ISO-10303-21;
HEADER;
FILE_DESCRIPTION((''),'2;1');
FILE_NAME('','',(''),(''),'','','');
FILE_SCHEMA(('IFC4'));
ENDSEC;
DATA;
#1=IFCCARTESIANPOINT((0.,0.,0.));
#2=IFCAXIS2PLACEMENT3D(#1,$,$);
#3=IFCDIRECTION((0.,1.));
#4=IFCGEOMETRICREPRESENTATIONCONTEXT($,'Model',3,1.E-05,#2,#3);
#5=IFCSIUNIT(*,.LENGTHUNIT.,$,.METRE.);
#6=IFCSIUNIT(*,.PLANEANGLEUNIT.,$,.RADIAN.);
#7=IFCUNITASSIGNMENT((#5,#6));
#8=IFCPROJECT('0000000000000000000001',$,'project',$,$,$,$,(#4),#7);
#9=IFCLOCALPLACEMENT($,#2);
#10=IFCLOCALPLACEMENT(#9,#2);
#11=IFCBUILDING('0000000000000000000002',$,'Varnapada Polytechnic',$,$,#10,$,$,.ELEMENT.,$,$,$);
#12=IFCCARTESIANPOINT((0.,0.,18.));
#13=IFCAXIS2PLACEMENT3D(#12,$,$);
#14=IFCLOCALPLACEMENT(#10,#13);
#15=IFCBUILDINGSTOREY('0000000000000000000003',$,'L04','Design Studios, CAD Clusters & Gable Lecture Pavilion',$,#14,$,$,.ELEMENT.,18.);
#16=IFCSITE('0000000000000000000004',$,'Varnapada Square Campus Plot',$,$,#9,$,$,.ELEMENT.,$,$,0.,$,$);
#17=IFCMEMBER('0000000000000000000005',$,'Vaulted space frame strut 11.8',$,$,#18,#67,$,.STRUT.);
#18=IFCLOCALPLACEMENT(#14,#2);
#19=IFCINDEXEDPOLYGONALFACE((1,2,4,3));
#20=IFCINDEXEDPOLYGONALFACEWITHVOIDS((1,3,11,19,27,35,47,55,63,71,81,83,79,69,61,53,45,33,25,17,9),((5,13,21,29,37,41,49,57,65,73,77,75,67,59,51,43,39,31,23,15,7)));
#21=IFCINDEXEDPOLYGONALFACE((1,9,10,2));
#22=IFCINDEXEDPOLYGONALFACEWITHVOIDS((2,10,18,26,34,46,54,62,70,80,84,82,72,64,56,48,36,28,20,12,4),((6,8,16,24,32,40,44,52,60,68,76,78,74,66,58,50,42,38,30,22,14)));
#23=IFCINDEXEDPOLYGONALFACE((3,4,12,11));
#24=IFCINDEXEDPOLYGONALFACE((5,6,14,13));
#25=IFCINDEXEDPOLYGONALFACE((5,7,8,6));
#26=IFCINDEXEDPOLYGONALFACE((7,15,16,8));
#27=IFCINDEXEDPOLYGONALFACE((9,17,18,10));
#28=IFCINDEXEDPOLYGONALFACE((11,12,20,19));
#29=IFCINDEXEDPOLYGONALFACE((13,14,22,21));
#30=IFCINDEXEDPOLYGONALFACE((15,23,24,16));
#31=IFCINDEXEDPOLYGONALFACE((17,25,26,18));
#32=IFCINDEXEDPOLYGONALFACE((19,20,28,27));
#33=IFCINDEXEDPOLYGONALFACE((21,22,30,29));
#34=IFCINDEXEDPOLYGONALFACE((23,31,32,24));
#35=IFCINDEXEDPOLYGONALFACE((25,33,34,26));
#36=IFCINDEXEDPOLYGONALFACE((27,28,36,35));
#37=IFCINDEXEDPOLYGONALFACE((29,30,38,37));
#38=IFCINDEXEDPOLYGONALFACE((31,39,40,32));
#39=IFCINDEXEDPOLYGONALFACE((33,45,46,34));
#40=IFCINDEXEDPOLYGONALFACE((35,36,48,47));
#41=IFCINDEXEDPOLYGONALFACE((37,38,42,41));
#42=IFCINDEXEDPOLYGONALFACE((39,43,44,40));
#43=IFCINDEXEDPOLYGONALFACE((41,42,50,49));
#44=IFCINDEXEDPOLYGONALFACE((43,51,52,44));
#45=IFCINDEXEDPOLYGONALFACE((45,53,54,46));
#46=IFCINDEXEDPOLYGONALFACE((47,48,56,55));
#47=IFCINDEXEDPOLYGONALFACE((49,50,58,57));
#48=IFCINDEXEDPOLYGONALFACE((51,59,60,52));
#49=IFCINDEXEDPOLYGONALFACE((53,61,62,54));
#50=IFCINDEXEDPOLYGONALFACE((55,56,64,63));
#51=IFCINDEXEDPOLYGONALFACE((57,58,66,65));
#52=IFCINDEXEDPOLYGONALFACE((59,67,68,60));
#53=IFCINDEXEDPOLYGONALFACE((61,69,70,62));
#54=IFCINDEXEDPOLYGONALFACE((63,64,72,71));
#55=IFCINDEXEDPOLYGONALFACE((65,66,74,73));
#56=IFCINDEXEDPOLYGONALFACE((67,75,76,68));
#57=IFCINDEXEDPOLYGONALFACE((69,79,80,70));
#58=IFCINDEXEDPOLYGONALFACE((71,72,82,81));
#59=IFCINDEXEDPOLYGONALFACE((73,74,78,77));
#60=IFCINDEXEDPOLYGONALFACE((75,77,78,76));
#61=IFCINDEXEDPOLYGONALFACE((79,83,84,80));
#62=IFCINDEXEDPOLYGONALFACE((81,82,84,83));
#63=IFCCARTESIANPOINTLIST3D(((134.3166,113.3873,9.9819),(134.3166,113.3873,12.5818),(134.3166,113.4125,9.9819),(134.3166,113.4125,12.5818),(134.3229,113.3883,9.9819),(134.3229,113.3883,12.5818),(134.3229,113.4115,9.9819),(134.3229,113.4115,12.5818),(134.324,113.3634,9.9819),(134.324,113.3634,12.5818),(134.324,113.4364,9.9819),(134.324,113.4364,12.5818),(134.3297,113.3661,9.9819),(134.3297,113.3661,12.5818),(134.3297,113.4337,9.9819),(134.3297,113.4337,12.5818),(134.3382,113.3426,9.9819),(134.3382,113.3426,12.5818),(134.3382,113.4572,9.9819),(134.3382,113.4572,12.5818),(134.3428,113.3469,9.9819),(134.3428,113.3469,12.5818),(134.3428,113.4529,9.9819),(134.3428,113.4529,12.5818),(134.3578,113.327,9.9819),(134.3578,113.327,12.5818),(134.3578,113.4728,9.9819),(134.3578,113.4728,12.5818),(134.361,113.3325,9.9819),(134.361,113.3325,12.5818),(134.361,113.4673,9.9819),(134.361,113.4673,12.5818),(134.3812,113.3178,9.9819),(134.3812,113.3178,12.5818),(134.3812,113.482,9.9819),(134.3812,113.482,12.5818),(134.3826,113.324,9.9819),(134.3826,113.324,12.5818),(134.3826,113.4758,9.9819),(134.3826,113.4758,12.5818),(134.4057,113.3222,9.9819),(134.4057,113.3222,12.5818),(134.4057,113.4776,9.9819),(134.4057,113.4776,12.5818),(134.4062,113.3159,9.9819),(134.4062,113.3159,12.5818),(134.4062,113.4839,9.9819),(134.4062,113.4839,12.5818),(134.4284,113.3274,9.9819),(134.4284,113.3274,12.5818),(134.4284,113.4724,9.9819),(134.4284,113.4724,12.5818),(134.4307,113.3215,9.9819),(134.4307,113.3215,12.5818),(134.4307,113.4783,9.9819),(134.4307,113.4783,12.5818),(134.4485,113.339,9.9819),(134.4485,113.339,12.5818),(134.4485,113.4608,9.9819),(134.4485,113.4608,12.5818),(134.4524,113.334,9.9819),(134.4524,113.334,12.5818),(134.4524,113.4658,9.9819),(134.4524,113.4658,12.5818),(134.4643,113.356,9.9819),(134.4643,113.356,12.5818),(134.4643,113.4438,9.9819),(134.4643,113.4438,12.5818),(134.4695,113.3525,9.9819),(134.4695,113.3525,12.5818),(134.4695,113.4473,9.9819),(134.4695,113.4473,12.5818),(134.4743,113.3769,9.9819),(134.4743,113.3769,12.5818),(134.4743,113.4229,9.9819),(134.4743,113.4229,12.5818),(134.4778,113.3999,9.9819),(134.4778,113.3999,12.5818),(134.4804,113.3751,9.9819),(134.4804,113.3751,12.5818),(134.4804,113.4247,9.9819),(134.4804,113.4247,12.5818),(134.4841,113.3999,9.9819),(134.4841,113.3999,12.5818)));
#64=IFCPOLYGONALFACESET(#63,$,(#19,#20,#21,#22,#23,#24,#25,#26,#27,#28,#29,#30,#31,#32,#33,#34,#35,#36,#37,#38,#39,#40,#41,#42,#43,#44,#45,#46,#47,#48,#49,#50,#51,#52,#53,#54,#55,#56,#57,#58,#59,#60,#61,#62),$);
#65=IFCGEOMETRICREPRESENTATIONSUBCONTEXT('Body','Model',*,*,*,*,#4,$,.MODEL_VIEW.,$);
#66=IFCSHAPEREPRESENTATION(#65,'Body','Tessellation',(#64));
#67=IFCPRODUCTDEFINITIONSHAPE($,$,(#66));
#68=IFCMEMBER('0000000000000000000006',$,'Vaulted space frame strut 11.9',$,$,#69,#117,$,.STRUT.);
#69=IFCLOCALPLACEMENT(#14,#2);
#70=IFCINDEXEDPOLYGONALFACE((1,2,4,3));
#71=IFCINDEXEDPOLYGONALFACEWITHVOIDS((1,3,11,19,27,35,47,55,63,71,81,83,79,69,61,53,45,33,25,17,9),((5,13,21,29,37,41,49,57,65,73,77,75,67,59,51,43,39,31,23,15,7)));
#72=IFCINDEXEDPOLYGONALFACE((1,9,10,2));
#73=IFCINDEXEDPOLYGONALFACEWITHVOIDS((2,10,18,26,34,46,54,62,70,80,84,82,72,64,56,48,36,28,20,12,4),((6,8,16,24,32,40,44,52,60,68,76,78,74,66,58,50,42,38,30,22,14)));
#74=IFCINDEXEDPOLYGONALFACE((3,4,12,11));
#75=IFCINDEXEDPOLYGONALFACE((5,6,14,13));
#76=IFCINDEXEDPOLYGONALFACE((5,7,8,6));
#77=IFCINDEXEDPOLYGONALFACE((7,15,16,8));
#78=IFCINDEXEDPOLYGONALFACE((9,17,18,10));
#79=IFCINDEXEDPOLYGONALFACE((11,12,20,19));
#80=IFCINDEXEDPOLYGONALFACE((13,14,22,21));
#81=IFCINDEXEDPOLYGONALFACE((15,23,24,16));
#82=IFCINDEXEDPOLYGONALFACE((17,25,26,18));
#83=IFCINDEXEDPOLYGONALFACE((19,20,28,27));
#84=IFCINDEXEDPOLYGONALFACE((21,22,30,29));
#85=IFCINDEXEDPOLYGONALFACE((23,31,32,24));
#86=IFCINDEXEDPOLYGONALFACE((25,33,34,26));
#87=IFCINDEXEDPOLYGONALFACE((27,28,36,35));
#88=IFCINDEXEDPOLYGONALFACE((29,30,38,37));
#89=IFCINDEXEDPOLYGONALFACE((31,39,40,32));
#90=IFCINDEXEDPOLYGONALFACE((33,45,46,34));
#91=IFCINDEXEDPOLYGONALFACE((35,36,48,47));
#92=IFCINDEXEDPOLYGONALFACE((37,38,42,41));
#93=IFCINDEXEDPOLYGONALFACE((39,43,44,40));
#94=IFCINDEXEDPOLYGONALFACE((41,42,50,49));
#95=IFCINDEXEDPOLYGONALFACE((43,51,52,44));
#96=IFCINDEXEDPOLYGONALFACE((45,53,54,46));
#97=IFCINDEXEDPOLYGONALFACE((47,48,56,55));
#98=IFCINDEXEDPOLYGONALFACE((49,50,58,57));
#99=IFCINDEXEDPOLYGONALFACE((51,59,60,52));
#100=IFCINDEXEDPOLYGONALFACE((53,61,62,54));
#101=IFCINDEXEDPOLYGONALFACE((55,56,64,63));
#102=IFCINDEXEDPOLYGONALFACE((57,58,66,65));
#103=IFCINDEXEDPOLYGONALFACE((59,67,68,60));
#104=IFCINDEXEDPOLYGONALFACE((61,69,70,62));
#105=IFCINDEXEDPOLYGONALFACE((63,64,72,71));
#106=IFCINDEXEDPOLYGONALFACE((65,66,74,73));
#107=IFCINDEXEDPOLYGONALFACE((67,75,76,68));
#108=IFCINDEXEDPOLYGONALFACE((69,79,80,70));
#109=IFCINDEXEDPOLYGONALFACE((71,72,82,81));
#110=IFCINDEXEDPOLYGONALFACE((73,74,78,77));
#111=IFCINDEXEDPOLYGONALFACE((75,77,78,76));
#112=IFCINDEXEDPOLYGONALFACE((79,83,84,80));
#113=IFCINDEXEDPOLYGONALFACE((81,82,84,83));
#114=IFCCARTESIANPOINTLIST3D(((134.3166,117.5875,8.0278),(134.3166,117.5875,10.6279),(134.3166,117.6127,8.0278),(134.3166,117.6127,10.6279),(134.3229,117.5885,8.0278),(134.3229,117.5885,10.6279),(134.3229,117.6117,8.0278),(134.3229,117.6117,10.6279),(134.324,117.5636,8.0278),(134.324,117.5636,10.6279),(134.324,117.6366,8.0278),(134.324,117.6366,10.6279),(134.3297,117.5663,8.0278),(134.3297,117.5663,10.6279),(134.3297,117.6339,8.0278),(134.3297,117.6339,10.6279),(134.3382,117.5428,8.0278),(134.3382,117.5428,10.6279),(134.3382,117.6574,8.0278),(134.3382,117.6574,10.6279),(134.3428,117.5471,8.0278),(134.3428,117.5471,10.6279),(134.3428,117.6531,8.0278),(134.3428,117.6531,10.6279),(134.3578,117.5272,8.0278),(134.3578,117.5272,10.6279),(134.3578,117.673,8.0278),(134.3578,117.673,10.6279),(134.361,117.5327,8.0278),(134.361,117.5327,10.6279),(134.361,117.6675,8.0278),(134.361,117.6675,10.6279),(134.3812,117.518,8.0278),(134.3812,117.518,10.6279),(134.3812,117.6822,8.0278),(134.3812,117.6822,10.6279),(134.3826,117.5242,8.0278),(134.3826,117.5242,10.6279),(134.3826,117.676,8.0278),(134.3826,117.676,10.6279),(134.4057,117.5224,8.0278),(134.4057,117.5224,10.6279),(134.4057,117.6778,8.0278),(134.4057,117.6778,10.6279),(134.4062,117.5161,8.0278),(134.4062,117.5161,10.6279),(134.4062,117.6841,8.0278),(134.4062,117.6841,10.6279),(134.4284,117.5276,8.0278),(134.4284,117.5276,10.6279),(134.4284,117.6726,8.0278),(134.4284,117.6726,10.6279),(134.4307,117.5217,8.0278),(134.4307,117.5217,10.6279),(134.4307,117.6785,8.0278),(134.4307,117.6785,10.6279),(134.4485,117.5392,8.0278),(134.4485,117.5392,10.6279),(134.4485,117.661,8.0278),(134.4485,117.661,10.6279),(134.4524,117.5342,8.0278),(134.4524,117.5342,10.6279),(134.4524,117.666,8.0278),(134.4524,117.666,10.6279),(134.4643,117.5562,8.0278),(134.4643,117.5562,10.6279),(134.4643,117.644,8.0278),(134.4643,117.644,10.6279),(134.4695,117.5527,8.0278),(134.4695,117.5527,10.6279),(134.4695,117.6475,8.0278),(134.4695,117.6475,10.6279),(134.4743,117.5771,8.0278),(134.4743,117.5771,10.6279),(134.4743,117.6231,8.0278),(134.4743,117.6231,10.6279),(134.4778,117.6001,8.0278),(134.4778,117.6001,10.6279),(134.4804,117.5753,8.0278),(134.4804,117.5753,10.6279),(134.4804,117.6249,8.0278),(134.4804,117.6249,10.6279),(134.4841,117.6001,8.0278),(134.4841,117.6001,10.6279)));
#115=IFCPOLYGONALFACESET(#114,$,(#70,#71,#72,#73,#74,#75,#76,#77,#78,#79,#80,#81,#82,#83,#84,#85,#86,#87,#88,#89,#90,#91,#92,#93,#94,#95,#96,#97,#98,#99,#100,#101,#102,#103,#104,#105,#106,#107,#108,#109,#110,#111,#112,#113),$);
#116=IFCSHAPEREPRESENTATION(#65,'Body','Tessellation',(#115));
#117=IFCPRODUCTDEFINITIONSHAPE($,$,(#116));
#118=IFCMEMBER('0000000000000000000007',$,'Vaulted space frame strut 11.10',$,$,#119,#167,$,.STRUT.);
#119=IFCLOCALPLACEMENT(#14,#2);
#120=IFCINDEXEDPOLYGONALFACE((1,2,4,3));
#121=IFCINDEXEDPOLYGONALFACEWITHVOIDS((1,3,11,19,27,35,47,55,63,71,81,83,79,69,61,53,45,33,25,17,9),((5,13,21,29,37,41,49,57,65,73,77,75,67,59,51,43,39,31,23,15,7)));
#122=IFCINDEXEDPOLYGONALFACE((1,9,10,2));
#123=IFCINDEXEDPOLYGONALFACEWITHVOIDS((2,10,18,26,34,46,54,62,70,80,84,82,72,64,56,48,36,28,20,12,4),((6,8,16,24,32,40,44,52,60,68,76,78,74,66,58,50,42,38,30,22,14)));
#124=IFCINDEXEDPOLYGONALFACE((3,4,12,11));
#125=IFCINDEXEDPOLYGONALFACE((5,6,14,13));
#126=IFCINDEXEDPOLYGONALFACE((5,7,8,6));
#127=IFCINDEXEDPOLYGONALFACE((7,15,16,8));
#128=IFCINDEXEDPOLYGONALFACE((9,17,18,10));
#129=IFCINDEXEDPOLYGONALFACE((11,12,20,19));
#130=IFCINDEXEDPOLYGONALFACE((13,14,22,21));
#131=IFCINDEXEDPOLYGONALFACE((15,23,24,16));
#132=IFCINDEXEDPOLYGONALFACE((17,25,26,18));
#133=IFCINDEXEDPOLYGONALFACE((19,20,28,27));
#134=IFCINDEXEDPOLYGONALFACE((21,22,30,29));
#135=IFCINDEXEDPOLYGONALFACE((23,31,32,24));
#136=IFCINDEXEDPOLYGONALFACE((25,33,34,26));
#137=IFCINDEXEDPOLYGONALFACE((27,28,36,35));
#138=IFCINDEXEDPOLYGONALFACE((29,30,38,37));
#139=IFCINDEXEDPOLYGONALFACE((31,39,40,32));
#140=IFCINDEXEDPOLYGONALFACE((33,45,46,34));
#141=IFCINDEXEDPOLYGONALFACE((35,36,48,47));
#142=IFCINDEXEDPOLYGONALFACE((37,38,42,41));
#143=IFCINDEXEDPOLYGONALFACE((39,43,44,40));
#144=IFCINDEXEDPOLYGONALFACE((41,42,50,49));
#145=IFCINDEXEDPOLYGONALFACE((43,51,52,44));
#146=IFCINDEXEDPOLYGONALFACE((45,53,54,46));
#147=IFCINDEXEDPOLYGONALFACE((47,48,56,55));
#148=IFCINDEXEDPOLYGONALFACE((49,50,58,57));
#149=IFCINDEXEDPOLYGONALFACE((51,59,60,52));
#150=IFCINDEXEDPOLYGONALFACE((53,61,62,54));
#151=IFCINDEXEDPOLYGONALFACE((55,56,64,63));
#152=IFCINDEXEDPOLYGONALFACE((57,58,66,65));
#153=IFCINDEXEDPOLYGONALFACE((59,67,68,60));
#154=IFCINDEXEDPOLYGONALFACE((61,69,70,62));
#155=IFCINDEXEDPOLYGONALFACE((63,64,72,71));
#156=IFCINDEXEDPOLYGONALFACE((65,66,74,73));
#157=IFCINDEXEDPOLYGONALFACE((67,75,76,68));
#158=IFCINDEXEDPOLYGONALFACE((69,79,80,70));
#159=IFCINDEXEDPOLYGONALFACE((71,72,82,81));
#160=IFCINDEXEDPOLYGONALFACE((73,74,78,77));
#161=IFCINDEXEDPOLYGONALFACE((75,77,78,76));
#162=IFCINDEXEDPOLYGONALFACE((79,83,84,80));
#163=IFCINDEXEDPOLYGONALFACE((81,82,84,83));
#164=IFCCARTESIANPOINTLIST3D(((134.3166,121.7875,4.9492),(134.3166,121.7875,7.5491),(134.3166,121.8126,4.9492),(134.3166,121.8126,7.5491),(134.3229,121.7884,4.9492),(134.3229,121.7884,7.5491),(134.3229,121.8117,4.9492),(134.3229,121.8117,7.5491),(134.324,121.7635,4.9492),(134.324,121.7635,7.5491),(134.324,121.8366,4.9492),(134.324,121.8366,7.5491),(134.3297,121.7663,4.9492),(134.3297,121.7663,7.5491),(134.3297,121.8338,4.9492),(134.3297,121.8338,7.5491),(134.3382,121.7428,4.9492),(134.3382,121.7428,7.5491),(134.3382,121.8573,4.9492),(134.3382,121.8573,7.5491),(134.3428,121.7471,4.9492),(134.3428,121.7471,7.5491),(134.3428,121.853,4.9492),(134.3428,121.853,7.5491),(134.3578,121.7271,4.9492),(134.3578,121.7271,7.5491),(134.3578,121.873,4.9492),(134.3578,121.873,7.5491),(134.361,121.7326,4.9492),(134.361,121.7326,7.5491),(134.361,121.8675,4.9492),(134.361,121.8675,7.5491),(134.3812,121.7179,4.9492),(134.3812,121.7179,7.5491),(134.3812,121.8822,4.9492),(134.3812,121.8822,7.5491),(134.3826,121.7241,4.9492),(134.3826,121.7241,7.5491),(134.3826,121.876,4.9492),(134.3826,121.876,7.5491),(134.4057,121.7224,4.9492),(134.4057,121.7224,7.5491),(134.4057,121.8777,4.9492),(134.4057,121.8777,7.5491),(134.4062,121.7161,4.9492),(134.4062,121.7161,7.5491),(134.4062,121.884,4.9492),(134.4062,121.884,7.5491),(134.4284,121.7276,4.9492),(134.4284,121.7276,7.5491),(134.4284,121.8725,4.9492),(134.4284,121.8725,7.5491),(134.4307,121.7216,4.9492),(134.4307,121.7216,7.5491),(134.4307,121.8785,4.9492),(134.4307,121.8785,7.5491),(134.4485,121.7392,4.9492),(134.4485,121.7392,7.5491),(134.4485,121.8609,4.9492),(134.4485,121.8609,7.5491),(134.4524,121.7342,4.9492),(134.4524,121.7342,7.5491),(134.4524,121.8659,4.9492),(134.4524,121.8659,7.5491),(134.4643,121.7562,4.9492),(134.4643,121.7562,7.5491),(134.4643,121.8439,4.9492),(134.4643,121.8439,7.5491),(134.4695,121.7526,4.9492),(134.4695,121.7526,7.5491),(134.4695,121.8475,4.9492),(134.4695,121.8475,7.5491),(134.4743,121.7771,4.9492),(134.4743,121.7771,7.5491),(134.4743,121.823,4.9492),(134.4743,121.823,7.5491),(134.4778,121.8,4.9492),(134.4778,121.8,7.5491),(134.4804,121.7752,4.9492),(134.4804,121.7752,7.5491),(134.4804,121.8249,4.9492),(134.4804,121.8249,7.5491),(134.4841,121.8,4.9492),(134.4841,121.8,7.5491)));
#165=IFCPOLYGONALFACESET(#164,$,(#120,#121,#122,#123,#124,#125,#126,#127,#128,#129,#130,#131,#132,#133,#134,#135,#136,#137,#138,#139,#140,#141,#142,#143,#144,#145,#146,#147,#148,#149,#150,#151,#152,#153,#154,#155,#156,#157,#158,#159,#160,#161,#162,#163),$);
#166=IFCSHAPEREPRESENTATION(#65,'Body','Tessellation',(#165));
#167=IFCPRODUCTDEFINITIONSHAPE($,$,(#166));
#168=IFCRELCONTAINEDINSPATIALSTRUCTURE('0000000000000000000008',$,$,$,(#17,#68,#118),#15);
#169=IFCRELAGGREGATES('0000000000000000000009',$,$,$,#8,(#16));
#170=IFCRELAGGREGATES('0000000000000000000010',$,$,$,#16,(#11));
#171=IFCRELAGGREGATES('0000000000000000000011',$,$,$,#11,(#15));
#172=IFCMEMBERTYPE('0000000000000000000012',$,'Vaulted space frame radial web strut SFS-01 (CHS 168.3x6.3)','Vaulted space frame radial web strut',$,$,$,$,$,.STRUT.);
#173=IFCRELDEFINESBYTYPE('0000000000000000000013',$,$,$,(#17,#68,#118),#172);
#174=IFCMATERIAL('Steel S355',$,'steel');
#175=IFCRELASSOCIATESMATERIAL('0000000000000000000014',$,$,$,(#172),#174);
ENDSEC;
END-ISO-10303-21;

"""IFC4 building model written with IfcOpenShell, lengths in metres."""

from ifc_helpers import new_model, si_unit, direction, frame, origin, origin_2d, place, context, subcontext, project, spatial, hollow_circle, extrude, material, material_profile, profile_set, type_object, element, save


model = new_model("IFC4")

# Units and contexts
model_context = context("Model", 3, precision=1e-05, world=origin(), true_north=direction((0.0, 1.0)))
body_context = subcontext(model_context, "Body", "Model", "MODEL_VIEW")
ifc_project = project(units=[si_unit("LENGTHUNIT", "METRE"), si_unit("PLANEANGLEUNIT", "RADIAN")], contexts=[model_context])

# Site, building, storey
site_placement = place(None, origin())
site = spatial("IfcSite", under=ifc_project, at=site_placement, Name="Varnapada Square Campus Plot", CompositionType="ELEMENT", RefElevation=0.0)
building_placement = place(site_placement, origin())
building = spatial("IfcBuilding", under=site, at=building_placement, Name="Varnapada Polytechnic", CompositionType="ELEMENT")
storey_placement = place(building_placement, frame((0.0, 0.0, 18.0)))
storey = spatial("IfcBuildingStorey", under=building, at=storey_placement, Name="L04", Description="Design Studios, CAD Clusters & Gable Lecture Pavilion", CompositionType="ELEMENT", Elevation=18.0)

# Shared definitions
ifc_material = material(Name="Steel S355", Category="steel")

# Members
ifc_material_profile_1 = material_profile(ifc_material, hollow_circle(Radius=0.0842, WallThickness=0.0063, at=origin_2d()), Name="CHS 168.3x6.3")
ifc_profile_set_1 = profile_set([ifc_material_profile_1], Name="Steel S355")
member_type_1 = type_object("IfcMemberType", Name="Vaulted space frame radial web strut SFS-01 (CHS 168.3x6.3)", Description="Vaulted space frame radial web strut", PredefinedType="STRUT", material=ifc_profile_set_1)
member_1_placement = place(storey_placement, frame((134.3999, 113.3999, 9.9819), z_axis=(0.0, 0.0, 1.0), x_axis=(1.0, 0.0, 0.0)))
element("IfcMember", 1, at=member_1_placement, inside=storey, type_object=member_type_1, Name="Vaulted space frame strut 11.8", PredefinedType="STRUT", context=body_context, shape_type="SweptSolid", body=[
    extrude(hollow_circle(Radius=0.0842, WallThickness=0.0063, at=origin_2d()), origin(), (0.0, 0.0, 1.0), 2.5999),
])
member_2_placement = place(storey_placement, frame((134.3999, 117.6001, 8.0278), z_axis=(0.0, 0.0, 1.0), x_axis=(1.0, 0.0, 0.0)))
element("IfcMember", 2, at=member_2_placement, inside=storey, type_object=member_type_1, Name="Vaulted space frame strut 11.9", PredefinedType="STRUT", context=body_context, shape_type="SweptSolid", body=[
    extrude(hollow_circle(Radius=0.0842, WallThickness=0.0063, at=origin_2d()), origin(), (0.0, 0.0, 1.0), 2.6001),
])
member_3_placement = place(storey_placement, frame((134.3999, 121.8, 4.9492), z_axis=(0.0, 0.0, 1.0), x_axis=(1.0, 0.0, 0.0)))
element("IfcMember", 3, at=member_3_placement, inside=storey, type_object=member_type_1, Name="Vaulted space frame strut 11.10", PredefinedType="STRUT", context=body_context, shape_type="SweptSolid", body=[
    extrude(hollow_circle(Radius=0.0842, WallThickness=0.0063, at=origin_2d()), origin(), (0.0, 0.0, 1.0), 2.5999),
])

save(model, "model.ifc")
